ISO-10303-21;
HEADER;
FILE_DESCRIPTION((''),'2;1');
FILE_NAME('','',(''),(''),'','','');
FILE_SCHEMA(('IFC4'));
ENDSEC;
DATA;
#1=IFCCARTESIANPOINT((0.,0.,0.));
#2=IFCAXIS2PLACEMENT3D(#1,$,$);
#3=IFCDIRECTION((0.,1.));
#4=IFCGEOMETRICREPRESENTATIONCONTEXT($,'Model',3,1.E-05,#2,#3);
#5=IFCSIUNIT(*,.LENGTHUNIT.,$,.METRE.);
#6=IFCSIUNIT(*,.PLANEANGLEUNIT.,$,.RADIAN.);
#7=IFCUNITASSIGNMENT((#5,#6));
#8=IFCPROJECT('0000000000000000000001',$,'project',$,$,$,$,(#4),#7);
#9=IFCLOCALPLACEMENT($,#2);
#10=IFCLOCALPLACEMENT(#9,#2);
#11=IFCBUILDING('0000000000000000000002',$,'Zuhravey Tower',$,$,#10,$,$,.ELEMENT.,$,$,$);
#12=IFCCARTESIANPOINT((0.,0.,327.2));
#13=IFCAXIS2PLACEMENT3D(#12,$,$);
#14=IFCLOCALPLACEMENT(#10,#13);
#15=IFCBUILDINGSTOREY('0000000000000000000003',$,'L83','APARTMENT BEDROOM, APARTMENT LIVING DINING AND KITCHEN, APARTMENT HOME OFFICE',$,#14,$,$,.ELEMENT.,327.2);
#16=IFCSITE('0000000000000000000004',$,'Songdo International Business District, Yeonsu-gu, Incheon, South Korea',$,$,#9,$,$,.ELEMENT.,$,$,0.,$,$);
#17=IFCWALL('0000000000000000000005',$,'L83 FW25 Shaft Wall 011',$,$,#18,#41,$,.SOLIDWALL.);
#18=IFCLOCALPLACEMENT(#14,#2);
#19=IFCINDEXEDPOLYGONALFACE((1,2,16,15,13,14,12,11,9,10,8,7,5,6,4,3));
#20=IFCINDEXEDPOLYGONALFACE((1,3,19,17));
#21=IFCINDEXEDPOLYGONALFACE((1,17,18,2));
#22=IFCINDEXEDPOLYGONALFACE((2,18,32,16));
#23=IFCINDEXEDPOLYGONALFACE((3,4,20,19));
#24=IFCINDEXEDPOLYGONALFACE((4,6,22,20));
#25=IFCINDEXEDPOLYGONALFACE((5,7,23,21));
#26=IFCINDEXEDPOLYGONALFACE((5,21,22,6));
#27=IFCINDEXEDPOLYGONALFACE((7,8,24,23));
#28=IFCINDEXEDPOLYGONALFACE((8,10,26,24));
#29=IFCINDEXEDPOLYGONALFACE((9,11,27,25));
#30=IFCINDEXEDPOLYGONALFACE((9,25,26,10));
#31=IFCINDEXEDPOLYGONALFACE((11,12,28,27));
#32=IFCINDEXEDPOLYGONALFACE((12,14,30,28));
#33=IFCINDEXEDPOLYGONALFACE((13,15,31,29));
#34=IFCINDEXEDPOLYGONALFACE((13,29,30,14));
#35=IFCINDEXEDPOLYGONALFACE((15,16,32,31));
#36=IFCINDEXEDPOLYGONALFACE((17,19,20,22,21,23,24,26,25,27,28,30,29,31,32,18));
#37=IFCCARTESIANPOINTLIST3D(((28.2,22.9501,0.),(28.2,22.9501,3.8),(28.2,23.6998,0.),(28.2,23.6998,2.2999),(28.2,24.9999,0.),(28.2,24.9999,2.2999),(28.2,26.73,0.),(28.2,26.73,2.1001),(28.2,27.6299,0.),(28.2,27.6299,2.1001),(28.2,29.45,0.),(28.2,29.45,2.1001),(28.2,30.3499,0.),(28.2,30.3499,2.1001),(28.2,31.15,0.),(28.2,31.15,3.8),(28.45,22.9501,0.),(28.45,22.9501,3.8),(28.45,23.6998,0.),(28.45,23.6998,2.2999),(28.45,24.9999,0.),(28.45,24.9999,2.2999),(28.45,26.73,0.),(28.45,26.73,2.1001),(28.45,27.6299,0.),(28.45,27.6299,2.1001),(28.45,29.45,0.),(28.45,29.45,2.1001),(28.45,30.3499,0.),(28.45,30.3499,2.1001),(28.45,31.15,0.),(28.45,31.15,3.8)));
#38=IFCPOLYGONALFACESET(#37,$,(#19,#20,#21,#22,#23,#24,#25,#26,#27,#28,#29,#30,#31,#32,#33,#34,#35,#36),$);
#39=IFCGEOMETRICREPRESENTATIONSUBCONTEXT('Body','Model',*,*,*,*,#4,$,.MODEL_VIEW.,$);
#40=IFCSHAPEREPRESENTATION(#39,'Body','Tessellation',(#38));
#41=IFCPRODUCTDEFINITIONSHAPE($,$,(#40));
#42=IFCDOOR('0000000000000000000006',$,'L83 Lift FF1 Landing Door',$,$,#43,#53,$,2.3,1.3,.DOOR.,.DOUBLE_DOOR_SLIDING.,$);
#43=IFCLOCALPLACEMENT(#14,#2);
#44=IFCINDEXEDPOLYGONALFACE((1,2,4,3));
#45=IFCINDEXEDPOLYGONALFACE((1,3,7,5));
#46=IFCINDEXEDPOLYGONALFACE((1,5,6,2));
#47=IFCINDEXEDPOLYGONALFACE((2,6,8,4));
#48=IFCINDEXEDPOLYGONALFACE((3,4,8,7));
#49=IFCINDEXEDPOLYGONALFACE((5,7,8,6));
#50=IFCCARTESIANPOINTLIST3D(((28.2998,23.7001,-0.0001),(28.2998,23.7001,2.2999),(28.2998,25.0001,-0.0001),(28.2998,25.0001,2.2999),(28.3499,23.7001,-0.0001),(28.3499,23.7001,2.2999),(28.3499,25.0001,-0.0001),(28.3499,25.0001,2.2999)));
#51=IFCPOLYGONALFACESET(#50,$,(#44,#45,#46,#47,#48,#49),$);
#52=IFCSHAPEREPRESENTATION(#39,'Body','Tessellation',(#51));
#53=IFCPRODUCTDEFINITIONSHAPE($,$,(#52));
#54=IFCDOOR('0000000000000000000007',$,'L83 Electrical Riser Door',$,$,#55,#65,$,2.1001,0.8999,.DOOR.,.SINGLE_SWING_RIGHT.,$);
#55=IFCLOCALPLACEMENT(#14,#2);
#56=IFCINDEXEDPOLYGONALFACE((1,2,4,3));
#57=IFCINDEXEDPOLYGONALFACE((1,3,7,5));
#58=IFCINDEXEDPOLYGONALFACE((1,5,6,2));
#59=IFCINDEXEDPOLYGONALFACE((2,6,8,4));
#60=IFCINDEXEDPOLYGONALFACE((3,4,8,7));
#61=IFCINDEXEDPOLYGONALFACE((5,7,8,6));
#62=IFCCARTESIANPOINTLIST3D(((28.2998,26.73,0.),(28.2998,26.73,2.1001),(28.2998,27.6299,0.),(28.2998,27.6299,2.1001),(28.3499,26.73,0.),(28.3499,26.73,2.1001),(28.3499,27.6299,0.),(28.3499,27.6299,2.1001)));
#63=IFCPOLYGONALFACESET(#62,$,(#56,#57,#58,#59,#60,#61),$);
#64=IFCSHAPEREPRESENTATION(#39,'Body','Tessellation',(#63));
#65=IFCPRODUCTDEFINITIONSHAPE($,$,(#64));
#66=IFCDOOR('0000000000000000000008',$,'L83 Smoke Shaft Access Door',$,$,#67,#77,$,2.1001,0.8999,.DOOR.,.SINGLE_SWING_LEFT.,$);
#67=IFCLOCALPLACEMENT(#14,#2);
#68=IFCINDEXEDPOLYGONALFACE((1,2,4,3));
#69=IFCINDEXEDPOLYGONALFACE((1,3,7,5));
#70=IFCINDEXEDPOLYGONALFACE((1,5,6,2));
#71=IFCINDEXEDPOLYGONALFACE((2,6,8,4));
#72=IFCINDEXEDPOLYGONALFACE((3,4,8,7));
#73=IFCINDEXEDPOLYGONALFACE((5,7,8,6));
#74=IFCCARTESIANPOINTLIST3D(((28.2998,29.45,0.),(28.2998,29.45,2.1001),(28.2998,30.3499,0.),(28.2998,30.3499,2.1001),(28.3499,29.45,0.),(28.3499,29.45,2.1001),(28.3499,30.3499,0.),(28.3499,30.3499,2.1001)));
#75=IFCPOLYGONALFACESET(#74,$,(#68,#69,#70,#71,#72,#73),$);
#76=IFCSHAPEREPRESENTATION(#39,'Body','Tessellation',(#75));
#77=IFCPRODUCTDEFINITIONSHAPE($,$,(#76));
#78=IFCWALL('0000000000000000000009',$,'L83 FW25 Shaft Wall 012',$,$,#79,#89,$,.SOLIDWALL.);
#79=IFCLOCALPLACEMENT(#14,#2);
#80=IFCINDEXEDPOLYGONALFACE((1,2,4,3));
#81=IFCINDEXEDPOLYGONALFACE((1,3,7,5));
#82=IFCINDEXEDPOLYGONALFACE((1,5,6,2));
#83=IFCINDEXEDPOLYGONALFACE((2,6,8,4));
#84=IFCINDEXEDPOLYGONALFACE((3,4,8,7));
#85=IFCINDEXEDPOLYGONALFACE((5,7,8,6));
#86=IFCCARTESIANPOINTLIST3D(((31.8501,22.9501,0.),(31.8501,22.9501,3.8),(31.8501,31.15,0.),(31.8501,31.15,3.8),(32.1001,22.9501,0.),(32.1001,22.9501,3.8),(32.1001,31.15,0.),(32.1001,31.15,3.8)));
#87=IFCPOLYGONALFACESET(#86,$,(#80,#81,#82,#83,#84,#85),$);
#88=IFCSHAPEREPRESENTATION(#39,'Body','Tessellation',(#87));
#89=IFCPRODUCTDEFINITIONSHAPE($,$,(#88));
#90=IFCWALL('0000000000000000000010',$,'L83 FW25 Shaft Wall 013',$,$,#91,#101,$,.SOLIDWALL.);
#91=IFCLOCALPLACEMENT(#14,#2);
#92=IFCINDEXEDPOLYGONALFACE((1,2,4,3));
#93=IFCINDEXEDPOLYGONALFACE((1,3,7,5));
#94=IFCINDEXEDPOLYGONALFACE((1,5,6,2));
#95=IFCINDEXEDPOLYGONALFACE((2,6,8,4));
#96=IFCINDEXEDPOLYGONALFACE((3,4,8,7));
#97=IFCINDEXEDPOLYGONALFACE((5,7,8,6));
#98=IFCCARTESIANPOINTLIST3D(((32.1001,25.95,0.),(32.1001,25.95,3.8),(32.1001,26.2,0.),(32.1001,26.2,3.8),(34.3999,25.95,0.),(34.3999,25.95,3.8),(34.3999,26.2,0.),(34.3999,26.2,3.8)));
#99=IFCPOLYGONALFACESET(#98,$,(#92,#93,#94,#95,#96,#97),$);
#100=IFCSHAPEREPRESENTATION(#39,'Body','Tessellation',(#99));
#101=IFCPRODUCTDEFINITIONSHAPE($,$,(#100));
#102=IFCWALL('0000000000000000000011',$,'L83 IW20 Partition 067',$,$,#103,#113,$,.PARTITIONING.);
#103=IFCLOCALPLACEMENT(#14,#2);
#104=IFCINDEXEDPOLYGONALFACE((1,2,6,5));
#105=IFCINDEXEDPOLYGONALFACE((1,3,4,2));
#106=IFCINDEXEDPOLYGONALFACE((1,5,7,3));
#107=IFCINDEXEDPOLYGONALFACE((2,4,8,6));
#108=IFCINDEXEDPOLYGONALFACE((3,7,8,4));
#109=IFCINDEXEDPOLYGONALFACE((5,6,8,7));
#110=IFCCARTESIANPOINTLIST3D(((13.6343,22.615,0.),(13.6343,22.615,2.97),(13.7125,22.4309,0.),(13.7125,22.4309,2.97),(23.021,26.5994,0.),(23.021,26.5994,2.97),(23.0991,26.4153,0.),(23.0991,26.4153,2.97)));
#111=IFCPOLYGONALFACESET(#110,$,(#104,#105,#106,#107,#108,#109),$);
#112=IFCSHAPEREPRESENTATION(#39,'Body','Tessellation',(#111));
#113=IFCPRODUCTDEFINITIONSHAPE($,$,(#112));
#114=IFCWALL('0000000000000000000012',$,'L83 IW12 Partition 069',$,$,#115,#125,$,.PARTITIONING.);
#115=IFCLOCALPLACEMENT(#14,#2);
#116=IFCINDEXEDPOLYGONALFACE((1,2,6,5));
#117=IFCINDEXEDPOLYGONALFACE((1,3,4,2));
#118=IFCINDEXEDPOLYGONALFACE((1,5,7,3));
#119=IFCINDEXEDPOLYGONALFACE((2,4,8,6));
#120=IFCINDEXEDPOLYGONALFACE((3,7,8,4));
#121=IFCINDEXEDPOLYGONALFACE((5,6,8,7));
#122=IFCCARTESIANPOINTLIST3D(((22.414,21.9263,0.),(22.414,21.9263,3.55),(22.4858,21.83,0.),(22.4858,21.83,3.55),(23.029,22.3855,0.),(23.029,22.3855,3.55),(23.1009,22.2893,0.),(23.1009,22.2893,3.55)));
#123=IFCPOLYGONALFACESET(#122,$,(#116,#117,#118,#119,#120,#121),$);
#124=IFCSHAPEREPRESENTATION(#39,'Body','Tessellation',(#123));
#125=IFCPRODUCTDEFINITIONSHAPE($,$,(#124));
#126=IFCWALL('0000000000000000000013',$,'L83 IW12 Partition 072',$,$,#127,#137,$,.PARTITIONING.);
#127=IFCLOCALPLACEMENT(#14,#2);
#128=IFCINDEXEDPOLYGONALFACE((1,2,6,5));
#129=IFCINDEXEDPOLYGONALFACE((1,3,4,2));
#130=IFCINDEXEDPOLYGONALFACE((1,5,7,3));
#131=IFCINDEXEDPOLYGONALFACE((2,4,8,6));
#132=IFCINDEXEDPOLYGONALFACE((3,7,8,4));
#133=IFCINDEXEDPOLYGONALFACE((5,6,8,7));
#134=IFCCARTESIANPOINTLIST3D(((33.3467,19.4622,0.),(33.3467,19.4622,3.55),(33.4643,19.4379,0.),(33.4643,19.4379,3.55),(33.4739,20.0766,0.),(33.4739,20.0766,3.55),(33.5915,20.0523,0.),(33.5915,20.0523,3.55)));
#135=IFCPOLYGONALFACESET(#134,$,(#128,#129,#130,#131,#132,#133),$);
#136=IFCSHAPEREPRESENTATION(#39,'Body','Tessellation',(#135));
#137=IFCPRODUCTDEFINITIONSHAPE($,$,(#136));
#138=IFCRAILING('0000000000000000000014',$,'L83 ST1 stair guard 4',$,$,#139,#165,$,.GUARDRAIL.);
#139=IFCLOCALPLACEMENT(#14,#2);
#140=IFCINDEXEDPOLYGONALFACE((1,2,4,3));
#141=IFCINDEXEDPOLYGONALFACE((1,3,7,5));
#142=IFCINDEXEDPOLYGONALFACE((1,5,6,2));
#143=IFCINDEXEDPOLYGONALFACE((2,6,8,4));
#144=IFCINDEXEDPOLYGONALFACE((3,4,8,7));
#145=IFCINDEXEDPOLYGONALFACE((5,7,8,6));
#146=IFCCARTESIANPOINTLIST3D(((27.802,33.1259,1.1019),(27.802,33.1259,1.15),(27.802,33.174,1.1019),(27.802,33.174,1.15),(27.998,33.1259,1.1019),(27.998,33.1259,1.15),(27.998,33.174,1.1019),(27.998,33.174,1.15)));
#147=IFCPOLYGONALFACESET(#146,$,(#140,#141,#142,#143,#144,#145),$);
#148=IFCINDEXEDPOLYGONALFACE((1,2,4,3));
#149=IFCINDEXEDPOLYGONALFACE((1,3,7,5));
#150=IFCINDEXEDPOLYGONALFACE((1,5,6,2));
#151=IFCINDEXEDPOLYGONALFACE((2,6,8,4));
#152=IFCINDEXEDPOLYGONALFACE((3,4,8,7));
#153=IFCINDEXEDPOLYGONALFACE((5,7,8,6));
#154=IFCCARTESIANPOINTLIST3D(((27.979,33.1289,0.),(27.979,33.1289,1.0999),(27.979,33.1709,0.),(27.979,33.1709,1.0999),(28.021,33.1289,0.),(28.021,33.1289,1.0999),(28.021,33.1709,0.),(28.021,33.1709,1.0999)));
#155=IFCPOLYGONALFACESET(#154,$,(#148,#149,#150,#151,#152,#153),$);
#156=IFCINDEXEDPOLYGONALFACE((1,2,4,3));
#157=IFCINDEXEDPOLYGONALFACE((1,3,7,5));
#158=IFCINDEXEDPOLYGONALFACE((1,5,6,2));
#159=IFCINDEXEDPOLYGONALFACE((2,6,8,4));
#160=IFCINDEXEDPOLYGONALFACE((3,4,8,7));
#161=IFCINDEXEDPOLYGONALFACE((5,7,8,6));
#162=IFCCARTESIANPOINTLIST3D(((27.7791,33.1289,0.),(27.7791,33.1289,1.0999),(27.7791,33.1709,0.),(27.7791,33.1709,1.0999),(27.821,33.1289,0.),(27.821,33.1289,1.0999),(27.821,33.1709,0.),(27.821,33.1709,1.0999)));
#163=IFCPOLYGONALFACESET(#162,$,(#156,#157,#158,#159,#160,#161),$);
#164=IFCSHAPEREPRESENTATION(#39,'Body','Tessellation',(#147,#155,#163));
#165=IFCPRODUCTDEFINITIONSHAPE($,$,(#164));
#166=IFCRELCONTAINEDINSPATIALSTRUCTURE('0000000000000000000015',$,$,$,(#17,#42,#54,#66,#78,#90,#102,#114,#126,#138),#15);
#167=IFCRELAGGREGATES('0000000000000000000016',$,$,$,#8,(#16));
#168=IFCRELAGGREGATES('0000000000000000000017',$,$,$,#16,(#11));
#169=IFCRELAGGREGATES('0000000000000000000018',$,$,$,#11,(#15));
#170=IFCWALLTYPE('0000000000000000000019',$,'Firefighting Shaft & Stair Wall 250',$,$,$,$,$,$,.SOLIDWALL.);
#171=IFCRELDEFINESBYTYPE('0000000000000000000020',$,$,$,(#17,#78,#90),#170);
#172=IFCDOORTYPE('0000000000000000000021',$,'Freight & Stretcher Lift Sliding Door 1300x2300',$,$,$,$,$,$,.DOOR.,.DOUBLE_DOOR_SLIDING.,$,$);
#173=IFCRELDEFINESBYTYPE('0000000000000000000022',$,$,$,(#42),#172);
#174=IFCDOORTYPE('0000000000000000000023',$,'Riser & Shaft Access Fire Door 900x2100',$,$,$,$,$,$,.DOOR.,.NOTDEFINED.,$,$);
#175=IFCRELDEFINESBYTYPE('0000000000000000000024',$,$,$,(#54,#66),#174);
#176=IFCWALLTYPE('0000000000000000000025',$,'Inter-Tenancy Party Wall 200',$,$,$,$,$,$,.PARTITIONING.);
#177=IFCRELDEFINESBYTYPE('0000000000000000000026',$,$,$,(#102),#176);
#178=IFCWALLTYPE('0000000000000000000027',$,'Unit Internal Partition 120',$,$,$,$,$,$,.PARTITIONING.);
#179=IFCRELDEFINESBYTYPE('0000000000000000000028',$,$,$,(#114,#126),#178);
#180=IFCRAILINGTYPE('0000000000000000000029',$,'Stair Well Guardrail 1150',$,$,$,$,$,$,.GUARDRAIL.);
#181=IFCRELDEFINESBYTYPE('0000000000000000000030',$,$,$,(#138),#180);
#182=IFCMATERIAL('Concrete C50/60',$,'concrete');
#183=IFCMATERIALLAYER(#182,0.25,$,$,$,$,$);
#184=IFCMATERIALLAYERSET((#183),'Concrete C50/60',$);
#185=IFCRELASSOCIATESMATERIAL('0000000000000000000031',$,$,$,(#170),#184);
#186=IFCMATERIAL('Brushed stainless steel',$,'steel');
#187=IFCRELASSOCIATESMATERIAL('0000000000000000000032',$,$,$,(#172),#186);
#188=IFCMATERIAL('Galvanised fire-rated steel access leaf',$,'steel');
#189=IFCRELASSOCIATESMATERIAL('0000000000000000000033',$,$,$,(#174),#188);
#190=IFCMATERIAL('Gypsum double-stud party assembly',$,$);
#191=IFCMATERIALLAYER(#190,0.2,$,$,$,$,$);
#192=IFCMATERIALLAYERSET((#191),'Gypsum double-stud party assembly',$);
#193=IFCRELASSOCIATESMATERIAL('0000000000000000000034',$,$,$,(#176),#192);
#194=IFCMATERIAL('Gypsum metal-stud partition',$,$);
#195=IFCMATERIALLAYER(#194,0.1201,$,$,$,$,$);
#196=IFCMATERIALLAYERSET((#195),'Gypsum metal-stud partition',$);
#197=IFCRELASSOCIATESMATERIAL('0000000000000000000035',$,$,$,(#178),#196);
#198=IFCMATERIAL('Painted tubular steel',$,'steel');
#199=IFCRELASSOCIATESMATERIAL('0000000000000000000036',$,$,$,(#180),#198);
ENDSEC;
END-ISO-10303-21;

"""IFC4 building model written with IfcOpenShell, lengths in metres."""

from ifc_helpers import new_model, si_unit, direction, frame, frame_2d, origin, origin_2d, place, context, subcontext, project, spatial, rectangle, extrude, material, layer, layer_set, type_object, element, fill, save


model = new_model("IFC4")

# Units and contexts
model_context = context("Model", 3, precision=1e-05, world=origin(), true_north=direction((0.0, 1.0)))
body_context = subcontext(model_context, "Body", "Model", "MODEL_VIEW")
ifc_project = project(units=[si_unit("LENGTHUNIT", "METRE"), si_unit("PLANEANGLEUNIT", "RADIAN")], contexts=[model_context])

# Site, building, storey
site_placement = place(None, origin())
site = spatial("IfcSite", under=ifc_project, at=site_placement, Name="Songdo International Business District, Yeonsu-gu, Incheon, South Korea", CompositionType="ELEMENT", RefElevation=0.0)
building_placement = place(site_placement, origin())
building = spatial("IfcBuilding", under=site, at=building_placement, Name="Zuhravey Tower", CompositionType="ELEMENT")
storey_placement = place(building_placement, frame((0.0, 0.0, 327.2)))
storey = spatial("IfcBuildingStorey", under=building, at=storey_placement, Name="L83", Description="APARTMENT BEDROOM, APARTMENT LIVING DINING AND KITCHEN, APARTMENT HOME OFFICE", CompositionType="ELEMENT", Elevation=327.2)

# Shared definitions
ifc_material_1 = material(Name="Concrete C50/60", Category="concrete")

# Shared definitions
ifc_layer_1 = layer(ifc_material_1, 0.25)
ifc_layer_set_1 = layer_set([ifc_layer_1], Name="Concrete C50/60")
wall_type_1 = type_object("IfcWallType", Name="Firefighting Shaft & Stair Wall 250", PredefinedType="SOLIDWALL", material=ifc_layer_set_1)

# Wall, openings, doors
wall_1_placement = place(storey_placement, frame((28.325, 22.95, 0.0), z_axis=(0.0, 0.0, 1.0), x_axis=(0.0, 1.0, 0.0)))
wall_1 = element("IfcWall", 1, at=wall_1_placement, inside=storey, type_object=wall_type_1, Name="L83 FW25 Shaft Wall 011", PredefinedType="SOLIDWALL", context=body_context, shape_type="SweptSolid", body=[
    extrude(rectangle(XDim=8.2, YDim=0.25, at=frame_2d((4.1001, 0.0))), origin(), (0.0, 0.0, 1.0), 3.8),
])
opening_1_placement = place(wall_1_placement, frame((0.75, 0.0, 0.0)))
opening_1 = element("IfcOpeningElement", 2, at=opening_1_placement, cuts=wall_1, PredefinedType="OPENING", context=body_context, shape_type="SweptSolid", body=[
    extrude(rectangle(XDim=1.3, YDim=2.3, at=frame_2d((0.6499, 1.1499))), frame((0.0, 0.137, 0.0), z_axis=(0.0, -1.0, 0.0), x_axis=(1.0, 0.0, 0.0)), (0.0, 0.0, 1.0), 0.2739),
])
opening_2_placement = place(wall_1_placement, frame((3.78, 0.0, 0.0)))
opening_2 = element("IfcOpeningElement", 3, at=opening_2_placement, cuts=wall_1, PredefinedType="OPENING", context=body_context, shape_type="SweptSolid", body=[
    extrude(rectangle(XDim=0.8999, YDim=2.1001, at=frame_2d((0.45, 1.05))), frame((0.0, 0.137, 0.0), z_axis=(0.0, -1.0, 0.0), x_axis=(1.0, 0.0, 0.0)), (0.0, 0.0, 1.0), 0.2739),
])
opening_3_placement = place(wall_1_placement, frame((6.5, 0.0, 0.0)))
opening_3 = element("IfcOpeningElement", 4, at=opening_3_placement, cuts=wall_1, PredefinedType="OPENING", context=body_context, shape_type="SweptSolid", body=[
    extrude(rectangle(XDim=0.8999, YDim=2.1001, at=frame_2d((0.45, 1.05))), frame((0.0, 0.137, 0.0), z_axis=(0.0, -1.0, 0.0), x_axis=(1.0, 0.0, 0.0)), (0.0, 0.0, 1.0), 0.2739),
])
ifc_material_2 = material(Name="Brushed stainless steel", Category="steel")
door_type_1 = type_object("IfcDoorType", Name="Freight & Stretcher Lift Sliding Door 1300x2300", OperationType="DOUBLE_DOOR_SLIDING", PredefinedType="DOOR", material=ifc_material_2)
door_1_placement = place(opening_1_placement, frame((1.3, 0.0, 0.0), z_axis=(0.0, 0.0, 1.0), x_axis=(-1.0, 0.0, 0.0)))
door_1 = element("IfcDoor", 5, at=door_1_placement, inside=storey, type_object=door_type_1, Name="L83 Lift FF1 Landing Door", OperationType="DOUBLE_DOOR_SLIDING", OverallHeight=2.3, OverallWidth=1.3, PredefinedType="DOOR", context=body_context, shape_type="SweptSolid", body=[
    extrude(rectangle(XDim=1.3, YDim=2.3, at=frame_2d((0.6499, 1.1499))), frame((0.0, 0.0249, 0.0), z_axis=(0.0, -1.0, 0.0), x_axis=(1.0, 0.0, 0.0)), (0.0, 0.0, 1.0), 0.05),
])
fill(opening_1, door_1)
ifc_material_3 = material(Name="Galvanised fire-rated steel access leaf", Category="steel")
door_type_2 = type_object("IfcDoorType", Name="Riser & Shaft Access Fire Door 900x2100", OperationType="NOTDEFINED", PredefinedType="DOOR", material=ifc_material_3)
door_2_placement = place(opening_2_placement, frame((0.8999, 0.0, 0.0), z_axis=(0.0, 0.0, 1.0), x_axis=(-1.0, 0.0, 0.0)))
door_2 = element("IfcDoor", 6, at=door_2_placement, inside=storey, type_object=door_type_2, Name="L83 Electrical Riser Door", OperationType="SINGLE_SWING_RIGHT", OverallHeight=2.1001, OverallWidth=0.8999, PredefinedType="DOOR", context=body_context, shape_type="SweptSolid", body=[
    extrude(rectangle(XDim=0.8999, YDim=2.1001, at=frame_2d((0.45, 1.05))), frame((0.0, 0.0249, 0.0), z_axis=(0.0, -1.0, 0.0), x_axis=(1.0, 0.0, 0.0)), (0.0, 0.0, 1.0), 0.05),
])
fill(opening_2, door_2)
door_3_placement = place(opening_3_placement, frame((0.8999, 0.0, 0.0), z_axis=(0.0, 0.0, 1.0), x_axis=(-1.0, 0.0, 0.0)))
door_3 = element("IfcDoor", 7, at=door_3_placement, inside=storey, type_object=door_type_2, Name="L83 Smoke Shaft Access Door", OperationType="SINGLE_SWING_LEFT", OverallHeight=2.1001, OverallWidth=0.8999, PredefinedType="DOOR", context=body_context, shape_type="SweptSolid", body=[
    extrude(rectangle(XDim=0.8999, YDim=2.1001, at=frame_2d((0.45, 1.05))), frame((0.0, 0.0249, 0.0), z_axis=(0.0, -1.0, 0.0), x_axis=(1.0, 0.0, 0.0)), (0.0, 0.0, 1.0), 0.05),
])
fill(opening_3, door_3)

# Walls
wall_2_placement = place(storey_placement, frame((31.9751, 22.95, 0.0), z_axis=(0.0, 0.0, 1.0), x_axis=(0.0, 1.0, 0.0)))
element("IfcWall", 8, at=wall_2_placement, inside=storey, type_object=wall_type_1, Name="L83 FW25 Shaft Wall 012", PredefinedType="SOLIDWALL", context=body_context, shape_type="SweptSolid", body=[
    extrude(rectangle(XDim=8.2, YDim=0.25, at=frame_2d((4.1001, 0.0))), origin(), (0.0, 0.0, 1.0), 3.8),
])
wall_3_placement = place(storey_placement, frame((32.1001, 26.075, 0.0), z_axis=(0.0, 0.0, 1.0), x_axis=(1.0, 0.0, 0.0)))
element("IfcWall", 9, at=wall_3_placement, inside=storey, type_object=wall_type_1, Name="L83 FW25 Shaft Wall 013", PredefinedType="SOLIDWALL", context=body_context, shape_type="SweptSolid", body=[
    extrude(rectangle(XDim=2.2998, YDim=0.25, at=frame_2d((1.1499, 0.0))), origin(), (0.0, 0.0, 1.0), 3.8),
])
ifc_material_4 = material(Name="Gypsum double-stud party assembly")
ifc_layer_2 = layer(ifc_material_4, 0.2)
ifc_layer_set_2 = layer_set([ifc_layer_2], Name="Gypsum double-stud party assembly")
wall_type_2 = type_object("IfcWallType", Name="Inter-Tenancy Party Wall 200", PredefinedType="PARTITIONING", material=ifc_layer_set_2)
wall_4_placement = place(storey_placement, frame((23.0601, 26.5073, 0.0), z_axis=(0.0, 0.0, 1.0), x_axis=(-0.920507, -0.390727, 0.0)))
element("IfcWall", 10, at=wall_4_placement, inside=storey, type_object=wall_type_2, Name="L83 IW20 Partition 067", PredefinedType="PARTITIONING", context=body_context, shape_type="SweptSolid", body=[
    extrude(rectangle(XDim=10.1973, YDim=0.2, at=frame_2d((5.0986, 0.0))), origin(), (0.0, 0.0, 1.0), 2.97),
])
ifc_material_5 = material(Name="Gypsum metal-stud partition")
ifc_layer_3 = layer(ifc_material_5, 0.1201)
ifc_layer_set_3 = layer_set([ifc_layer_3], Name="Gypsum metal-stud partition")
wall_type_3 = type_object("IfcWallType", Name="Unit Internal Partition 120", PredefinedType="PARTITIONING", material=ifc_layer_set_3)
wall_5_placement = place(storey_placement, frame((23.0649, 22.3374, 0.0), z_axis=(0.0, 0.0, 1.0), x_axis=(-0.801258, -0.598319, 0.0)))
element("IfcWall", 11, at=wall_5_placement, inside=storey, type_object=wall_type_3, Name="L83 IW12 Partition 069", PredefinedType="PARTITIONING", context=body_context, shape_type="SweptSolid", body=[
    extrude(rectangle(XDim=0.7676, YDim=0.1201, at=frame_2d((0.3838, 0.0))), origin(), (0.0, 0.0, 1.0), 3.55),
])
wall_6_placement = place(storey_placement, frame((33.5327, 20.0645, 0.0), z_axis=(0.0, 0.0, 1.0), x_axis=(-0.202696, -0.979242, 0.0)))
element("IfcWall", 12, at=wall_6_placement, inside=storey, type_object=wall_type_3, Name="L83 IW12 Partition 072", PredefinedType="PARTITIONING", context=body_context, shape_type="SweptSolid", body=[
    extrude(rectangle(XDim=0.6274, YDim=0.1201, at=frame_2d((0.3137, 0.0))), origin(), (0.0, 0.0, 1.0), 3.55),
])

# Railing
ifc_material_6 = material(Name="Painted tubular steel", Category="steel")
railing_type = type_object("IfcRailingType", Name="Stair Well Guardrail 1150", PredefinedType="GUARDRAIL", material=ifc_material_6)
railing_placement = place(storey_placement, frame((28.0, 33.1499, 0.0)))
element("IfcRailing", 13, at=railing_placement, inside=storey, type_object=railing_type, Name="L83 ST1 stair guard 4", PredefinedType="GUARDRAIL", context=body_context, shape_type="SweptSolid", body=[
    extrude(rectangle(XDim=0.0481, YDim=0.0481, at=origin_2d()), frame((-0.002, 0.0, 1.126), z_axis=(-1.0, 0.0, 0.0), x_axis=(0.0, -1.0, 0.0)), (0.0, 0.0, 1.0), 0.196),
    extrude(rectangle(XDim=0.042, YDim=0.042, at=origin_2d()), origin(), (0.0, 0.0, 1.0), 1.0999),
    extrude(rectangle(XDim=0.042, YDim=0.042, at=origin_2d()), frame((-0.2, 0.0, 0.0)), (0.0, 0.0, 1.0), 1.0999),
])

save(model, "model.ifc")
